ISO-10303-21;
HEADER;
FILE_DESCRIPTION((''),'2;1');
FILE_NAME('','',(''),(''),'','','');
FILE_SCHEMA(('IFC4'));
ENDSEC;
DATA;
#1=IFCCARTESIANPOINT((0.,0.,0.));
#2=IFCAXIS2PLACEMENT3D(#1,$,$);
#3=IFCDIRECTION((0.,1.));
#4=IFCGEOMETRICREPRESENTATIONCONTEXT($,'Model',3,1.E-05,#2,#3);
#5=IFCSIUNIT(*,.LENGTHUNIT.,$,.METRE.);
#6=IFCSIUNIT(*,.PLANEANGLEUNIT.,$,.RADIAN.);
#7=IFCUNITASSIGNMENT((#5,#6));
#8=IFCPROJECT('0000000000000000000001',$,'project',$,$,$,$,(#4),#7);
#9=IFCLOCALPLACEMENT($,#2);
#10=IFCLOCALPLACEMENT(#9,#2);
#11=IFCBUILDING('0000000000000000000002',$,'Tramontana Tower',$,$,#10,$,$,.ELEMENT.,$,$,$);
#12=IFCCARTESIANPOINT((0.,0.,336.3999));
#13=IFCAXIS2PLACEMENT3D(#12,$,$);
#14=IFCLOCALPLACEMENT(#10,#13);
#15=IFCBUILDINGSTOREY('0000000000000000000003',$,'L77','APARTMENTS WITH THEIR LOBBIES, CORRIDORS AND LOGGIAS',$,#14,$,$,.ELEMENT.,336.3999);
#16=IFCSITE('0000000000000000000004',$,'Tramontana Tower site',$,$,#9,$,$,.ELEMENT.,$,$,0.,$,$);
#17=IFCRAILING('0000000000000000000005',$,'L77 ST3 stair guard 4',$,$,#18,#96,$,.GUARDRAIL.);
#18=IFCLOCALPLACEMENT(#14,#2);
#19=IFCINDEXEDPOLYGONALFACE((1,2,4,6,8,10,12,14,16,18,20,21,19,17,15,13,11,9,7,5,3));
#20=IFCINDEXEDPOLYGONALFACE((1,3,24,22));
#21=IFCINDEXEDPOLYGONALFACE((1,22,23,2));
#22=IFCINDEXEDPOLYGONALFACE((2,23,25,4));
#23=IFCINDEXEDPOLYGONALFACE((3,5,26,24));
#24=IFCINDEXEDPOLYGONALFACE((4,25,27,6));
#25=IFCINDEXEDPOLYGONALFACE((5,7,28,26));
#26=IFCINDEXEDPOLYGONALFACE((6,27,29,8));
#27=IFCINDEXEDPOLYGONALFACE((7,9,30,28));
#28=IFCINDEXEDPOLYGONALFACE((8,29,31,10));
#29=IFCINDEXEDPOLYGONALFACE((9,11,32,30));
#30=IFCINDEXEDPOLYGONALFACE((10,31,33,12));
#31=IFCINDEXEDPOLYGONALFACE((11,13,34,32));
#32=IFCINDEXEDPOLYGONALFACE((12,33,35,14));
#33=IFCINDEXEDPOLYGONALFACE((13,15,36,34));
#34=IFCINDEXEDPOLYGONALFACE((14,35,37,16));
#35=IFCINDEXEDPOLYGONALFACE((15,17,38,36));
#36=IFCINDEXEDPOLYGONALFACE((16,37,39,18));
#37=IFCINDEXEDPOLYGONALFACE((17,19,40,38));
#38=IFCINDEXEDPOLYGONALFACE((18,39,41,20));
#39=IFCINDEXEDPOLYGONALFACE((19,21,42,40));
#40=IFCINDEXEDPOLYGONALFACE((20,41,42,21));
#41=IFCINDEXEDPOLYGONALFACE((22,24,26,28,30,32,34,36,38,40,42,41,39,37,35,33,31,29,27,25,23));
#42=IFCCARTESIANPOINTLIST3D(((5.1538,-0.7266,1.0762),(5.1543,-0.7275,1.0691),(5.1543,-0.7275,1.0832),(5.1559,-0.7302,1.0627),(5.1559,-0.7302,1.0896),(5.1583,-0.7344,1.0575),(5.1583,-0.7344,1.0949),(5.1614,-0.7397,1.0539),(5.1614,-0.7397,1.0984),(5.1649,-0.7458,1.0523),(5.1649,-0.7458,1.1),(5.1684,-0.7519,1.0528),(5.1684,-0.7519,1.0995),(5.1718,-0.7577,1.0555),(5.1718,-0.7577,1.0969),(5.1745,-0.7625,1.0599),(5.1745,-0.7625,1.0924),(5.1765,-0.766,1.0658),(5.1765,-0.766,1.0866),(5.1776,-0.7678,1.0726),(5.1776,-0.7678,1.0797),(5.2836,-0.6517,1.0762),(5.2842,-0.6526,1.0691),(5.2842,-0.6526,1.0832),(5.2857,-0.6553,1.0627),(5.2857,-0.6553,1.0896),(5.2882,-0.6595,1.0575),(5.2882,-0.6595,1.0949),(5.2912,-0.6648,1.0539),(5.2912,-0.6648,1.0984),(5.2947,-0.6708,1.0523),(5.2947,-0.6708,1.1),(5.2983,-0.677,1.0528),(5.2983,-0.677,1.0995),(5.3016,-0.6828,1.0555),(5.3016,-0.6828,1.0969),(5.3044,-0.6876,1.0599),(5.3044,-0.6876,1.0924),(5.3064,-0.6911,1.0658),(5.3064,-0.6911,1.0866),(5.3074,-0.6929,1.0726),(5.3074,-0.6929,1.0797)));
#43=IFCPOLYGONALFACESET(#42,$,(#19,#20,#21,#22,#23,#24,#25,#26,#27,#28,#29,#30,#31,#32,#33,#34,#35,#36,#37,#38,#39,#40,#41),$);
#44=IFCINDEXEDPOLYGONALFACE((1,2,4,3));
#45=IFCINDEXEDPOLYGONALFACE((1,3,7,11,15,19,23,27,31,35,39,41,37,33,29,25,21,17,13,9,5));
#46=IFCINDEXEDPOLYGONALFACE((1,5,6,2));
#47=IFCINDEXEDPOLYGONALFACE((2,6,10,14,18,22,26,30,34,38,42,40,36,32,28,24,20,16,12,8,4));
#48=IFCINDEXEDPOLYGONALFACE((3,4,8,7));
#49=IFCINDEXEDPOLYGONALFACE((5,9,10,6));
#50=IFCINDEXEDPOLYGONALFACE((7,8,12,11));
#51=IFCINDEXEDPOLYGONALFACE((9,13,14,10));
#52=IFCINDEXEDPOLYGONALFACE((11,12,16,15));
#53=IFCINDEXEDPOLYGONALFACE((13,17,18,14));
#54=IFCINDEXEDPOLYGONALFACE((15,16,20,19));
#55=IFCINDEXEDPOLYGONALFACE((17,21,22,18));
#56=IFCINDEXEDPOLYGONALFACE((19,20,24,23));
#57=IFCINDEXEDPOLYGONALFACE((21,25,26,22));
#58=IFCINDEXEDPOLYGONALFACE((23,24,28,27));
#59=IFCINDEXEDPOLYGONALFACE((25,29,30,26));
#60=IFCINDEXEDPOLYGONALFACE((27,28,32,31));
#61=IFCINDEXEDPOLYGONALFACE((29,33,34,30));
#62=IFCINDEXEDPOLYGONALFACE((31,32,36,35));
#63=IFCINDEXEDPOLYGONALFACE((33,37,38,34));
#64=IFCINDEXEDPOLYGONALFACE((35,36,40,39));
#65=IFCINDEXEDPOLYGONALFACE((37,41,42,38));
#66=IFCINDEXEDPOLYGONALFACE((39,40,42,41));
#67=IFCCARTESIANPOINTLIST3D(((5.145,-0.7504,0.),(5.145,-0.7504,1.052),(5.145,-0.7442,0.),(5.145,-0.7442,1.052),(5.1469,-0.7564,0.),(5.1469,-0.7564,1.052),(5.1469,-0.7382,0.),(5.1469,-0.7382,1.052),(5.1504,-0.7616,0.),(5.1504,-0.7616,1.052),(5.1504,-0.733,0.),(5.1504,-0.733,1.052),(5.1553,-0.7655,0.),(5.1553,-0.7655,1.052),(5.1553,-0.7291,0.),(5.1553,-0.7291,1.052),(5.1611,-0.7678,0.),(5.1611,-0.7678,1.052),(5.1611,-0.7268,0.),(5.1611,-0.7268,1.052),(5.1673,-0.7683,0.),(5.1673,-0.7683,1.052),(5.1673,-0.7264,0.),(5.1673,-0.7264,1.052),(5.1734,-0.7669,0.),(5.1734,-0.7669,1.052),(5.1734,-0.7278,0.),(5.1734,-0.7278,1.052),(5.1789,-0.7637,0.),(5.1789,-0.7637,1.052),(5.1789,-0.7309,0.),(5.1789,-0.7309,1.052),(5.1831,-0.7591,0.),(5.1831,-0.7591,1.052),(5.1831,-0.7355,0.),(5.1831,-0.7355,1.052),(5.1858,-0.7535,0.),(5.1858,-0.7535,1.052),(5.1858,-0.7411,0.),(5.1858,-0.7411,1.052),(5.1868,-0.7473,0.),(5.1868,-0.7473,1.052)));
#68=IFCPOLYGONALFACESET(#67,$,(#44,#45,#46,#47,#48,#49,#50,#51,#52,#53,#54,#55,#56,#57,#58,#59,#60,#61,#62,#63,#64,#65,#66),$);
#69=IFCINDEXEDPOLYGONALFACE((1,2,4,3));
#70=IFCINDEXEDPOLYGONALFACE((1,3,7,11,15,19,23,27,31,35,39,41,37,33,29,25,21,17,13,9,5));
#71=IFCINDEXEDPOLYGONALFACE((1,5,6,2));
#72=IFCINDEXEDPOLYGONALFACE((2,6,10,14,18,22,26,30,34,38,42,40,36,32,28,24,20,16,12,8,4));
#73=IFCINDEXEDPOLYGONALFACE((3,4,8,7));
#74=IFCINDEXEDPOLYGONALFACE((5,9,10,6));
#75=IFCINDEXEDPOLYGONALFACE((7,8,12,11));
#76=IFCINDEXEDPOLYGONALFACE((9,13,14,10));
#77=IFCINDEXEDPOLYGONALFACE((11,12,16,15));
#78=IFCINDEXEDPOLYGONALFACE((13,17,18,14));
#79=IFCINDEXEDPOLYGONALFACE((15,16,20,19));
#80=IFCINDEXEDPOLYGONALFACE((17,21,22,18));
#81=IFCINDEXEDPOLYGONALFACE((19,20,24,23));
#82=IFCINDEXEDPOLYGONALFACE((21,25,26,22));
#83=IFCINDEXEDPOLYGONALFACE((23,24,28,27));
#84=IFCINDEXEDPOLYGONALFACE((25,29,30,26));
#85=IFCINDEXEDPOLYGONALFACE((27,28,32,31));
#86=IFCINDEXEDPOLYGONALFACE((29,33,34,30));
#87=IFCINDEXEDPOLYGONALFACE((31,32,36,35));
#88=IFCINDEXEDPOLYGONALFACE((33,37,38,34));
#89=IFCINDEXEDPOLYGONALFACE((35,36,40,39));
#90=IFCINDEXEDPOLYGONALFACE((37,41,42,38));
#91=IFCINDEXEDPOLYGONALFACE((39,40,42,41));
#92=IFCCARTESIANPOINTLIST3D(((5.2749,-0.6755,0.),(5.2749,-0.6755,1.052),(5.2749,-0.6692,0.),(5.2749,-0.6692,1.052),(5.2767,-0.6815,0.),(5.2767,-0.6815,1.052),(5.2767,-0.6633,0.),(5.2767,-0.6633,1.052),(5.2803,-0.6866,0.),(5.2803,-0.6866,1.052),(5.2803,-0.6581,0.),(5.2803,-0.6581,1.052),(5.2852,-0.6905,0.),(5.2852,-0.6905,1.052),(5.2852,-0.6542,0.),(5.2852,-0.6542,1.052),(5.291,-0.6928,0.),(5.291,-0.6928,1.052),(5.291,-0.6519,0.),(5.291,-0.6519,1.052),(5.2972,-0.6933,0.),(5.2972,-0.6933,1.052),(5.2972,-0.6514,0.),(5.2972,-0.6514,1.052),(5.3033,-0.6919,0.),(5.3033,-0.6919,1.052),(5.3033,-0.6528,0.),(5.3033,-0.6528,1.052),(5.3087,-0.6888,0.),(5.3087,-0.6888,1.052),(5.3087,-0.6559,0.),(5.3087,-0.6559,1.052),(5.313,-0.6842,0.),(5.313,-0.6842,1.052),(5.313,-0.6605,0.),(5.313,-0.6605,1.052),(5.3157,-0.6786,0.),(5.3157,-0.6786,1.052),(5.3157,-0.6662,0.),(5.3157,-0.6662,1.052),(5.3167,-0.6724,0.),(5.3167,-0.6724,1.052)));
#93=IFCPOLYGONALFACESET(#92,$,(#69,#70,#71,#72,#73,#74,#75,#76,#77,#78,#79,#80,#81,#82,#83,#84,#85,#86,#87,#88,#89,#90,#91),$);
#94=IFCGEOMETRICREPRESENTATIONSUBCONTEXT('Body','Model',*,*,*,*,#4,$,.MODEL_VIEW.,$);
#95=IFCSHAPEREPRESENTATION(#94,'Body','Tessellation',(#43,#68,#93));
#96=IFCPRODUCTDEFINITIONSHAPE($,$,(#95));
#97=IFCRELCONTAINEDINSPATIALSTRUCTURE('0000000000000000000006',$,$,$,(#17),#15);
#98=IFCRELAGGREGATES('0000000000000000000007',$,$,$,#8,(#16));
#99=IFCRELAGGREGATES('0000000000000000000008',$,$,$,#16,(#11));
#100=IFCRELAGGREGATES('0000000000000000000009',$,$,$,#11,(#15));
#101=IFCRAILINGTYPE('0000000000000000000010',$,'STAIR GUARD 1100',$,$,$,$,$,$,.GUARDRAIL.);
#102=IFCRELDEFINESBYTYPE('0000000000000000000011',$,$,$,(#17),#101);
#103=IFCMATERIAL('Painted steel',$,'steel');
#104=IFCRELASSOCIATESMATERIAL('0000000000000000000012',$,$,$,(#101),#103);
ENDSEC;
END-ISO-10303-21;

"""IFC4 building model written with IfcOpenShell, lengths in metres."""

from ifc_helpers import new_model, si_unit, direction, frame, origin, origin_2d, place, context, subcontext, project, spatial, circle, extrude, material, type_object, element, save


model = new_model("IFC4")

# Units and contexts
model_context = context("Model", 3, precision=1e-05, world=origin(), true_north=direction((0.0, 1.0)))
body_context = subcontext(model_context, "Body", "Model", "MODEL_VIEW")
ifc_project = project(units=[si_unit("LENGTHUNIT", "METRE"), si_unit("PLANEANGLEUNIT", "RADIAN")], contexts=[model_context])

# Site, building, storey
site_placement = place(None, origin())
site = spatial("IfcSite", under=ifc_project, at=site_placement, Name="Tramontana Tower site", CompositionType="ELEMENT", RefElevation=0.0)
building_placement = place(site_placement, origin())
building = spatial("IfcBuilding", under=site, at=building_placement, Name="Tramontana Tower", CompositionType="ELEMENT")
storey_placement = place(building_placement, frame((0.0, 0.0, 336.3999)))
storey = spatial("IfcBuildingStorey", under=building, at=storey_placement, Name="L77", Description="APARTMENTS WITH THEIR LOBBIES, CORRIDORS AND LOGGIAS", CompositionType="ELEMENT", Elevation=336.3999)

# Railing
ifc_material_1 = material(Name="Painted steel", Category="steel")
railing_type_1 = type_object("IfcRailingType", Name="STAIR GUARD 1100", PredefinedType="GUARDRAIL", material=ifc_material_1)
railing_1_placement = place(storey_placement, frame((5.1658, -0.7473, 0.0)))
element("IfcRailing", 1, at=railing_1_placement, inside=storey, type_object=railing_type_1, Name="L77 ST3 stair guard 4", PredefinedType="GUARDRAIL", context=body_context, shape_type="SweptSolid", body=[
    extrude(circle(Radius=0.0239, at=origin_2d()), frame((0.0, 0.0, 1.0762), z_axis=(0.866131, 0.499816, 0.0), x_axis=(-0.499816, 0.866131, 0.0)), (0.0, 0.0, 1.0), 0.1499),
    extrude(circle(Radius=0.021, at=origin_2d()), origin(), (0.0, 0.0, 1.0), 1.052),
    extrude(circle(Radius=0.021, at=origin_2d()), frame((0.1299, 0.075, 0.0)), (0.0, 0.0, 1.0), 1.052),
])

save(model, "model.ifc")
